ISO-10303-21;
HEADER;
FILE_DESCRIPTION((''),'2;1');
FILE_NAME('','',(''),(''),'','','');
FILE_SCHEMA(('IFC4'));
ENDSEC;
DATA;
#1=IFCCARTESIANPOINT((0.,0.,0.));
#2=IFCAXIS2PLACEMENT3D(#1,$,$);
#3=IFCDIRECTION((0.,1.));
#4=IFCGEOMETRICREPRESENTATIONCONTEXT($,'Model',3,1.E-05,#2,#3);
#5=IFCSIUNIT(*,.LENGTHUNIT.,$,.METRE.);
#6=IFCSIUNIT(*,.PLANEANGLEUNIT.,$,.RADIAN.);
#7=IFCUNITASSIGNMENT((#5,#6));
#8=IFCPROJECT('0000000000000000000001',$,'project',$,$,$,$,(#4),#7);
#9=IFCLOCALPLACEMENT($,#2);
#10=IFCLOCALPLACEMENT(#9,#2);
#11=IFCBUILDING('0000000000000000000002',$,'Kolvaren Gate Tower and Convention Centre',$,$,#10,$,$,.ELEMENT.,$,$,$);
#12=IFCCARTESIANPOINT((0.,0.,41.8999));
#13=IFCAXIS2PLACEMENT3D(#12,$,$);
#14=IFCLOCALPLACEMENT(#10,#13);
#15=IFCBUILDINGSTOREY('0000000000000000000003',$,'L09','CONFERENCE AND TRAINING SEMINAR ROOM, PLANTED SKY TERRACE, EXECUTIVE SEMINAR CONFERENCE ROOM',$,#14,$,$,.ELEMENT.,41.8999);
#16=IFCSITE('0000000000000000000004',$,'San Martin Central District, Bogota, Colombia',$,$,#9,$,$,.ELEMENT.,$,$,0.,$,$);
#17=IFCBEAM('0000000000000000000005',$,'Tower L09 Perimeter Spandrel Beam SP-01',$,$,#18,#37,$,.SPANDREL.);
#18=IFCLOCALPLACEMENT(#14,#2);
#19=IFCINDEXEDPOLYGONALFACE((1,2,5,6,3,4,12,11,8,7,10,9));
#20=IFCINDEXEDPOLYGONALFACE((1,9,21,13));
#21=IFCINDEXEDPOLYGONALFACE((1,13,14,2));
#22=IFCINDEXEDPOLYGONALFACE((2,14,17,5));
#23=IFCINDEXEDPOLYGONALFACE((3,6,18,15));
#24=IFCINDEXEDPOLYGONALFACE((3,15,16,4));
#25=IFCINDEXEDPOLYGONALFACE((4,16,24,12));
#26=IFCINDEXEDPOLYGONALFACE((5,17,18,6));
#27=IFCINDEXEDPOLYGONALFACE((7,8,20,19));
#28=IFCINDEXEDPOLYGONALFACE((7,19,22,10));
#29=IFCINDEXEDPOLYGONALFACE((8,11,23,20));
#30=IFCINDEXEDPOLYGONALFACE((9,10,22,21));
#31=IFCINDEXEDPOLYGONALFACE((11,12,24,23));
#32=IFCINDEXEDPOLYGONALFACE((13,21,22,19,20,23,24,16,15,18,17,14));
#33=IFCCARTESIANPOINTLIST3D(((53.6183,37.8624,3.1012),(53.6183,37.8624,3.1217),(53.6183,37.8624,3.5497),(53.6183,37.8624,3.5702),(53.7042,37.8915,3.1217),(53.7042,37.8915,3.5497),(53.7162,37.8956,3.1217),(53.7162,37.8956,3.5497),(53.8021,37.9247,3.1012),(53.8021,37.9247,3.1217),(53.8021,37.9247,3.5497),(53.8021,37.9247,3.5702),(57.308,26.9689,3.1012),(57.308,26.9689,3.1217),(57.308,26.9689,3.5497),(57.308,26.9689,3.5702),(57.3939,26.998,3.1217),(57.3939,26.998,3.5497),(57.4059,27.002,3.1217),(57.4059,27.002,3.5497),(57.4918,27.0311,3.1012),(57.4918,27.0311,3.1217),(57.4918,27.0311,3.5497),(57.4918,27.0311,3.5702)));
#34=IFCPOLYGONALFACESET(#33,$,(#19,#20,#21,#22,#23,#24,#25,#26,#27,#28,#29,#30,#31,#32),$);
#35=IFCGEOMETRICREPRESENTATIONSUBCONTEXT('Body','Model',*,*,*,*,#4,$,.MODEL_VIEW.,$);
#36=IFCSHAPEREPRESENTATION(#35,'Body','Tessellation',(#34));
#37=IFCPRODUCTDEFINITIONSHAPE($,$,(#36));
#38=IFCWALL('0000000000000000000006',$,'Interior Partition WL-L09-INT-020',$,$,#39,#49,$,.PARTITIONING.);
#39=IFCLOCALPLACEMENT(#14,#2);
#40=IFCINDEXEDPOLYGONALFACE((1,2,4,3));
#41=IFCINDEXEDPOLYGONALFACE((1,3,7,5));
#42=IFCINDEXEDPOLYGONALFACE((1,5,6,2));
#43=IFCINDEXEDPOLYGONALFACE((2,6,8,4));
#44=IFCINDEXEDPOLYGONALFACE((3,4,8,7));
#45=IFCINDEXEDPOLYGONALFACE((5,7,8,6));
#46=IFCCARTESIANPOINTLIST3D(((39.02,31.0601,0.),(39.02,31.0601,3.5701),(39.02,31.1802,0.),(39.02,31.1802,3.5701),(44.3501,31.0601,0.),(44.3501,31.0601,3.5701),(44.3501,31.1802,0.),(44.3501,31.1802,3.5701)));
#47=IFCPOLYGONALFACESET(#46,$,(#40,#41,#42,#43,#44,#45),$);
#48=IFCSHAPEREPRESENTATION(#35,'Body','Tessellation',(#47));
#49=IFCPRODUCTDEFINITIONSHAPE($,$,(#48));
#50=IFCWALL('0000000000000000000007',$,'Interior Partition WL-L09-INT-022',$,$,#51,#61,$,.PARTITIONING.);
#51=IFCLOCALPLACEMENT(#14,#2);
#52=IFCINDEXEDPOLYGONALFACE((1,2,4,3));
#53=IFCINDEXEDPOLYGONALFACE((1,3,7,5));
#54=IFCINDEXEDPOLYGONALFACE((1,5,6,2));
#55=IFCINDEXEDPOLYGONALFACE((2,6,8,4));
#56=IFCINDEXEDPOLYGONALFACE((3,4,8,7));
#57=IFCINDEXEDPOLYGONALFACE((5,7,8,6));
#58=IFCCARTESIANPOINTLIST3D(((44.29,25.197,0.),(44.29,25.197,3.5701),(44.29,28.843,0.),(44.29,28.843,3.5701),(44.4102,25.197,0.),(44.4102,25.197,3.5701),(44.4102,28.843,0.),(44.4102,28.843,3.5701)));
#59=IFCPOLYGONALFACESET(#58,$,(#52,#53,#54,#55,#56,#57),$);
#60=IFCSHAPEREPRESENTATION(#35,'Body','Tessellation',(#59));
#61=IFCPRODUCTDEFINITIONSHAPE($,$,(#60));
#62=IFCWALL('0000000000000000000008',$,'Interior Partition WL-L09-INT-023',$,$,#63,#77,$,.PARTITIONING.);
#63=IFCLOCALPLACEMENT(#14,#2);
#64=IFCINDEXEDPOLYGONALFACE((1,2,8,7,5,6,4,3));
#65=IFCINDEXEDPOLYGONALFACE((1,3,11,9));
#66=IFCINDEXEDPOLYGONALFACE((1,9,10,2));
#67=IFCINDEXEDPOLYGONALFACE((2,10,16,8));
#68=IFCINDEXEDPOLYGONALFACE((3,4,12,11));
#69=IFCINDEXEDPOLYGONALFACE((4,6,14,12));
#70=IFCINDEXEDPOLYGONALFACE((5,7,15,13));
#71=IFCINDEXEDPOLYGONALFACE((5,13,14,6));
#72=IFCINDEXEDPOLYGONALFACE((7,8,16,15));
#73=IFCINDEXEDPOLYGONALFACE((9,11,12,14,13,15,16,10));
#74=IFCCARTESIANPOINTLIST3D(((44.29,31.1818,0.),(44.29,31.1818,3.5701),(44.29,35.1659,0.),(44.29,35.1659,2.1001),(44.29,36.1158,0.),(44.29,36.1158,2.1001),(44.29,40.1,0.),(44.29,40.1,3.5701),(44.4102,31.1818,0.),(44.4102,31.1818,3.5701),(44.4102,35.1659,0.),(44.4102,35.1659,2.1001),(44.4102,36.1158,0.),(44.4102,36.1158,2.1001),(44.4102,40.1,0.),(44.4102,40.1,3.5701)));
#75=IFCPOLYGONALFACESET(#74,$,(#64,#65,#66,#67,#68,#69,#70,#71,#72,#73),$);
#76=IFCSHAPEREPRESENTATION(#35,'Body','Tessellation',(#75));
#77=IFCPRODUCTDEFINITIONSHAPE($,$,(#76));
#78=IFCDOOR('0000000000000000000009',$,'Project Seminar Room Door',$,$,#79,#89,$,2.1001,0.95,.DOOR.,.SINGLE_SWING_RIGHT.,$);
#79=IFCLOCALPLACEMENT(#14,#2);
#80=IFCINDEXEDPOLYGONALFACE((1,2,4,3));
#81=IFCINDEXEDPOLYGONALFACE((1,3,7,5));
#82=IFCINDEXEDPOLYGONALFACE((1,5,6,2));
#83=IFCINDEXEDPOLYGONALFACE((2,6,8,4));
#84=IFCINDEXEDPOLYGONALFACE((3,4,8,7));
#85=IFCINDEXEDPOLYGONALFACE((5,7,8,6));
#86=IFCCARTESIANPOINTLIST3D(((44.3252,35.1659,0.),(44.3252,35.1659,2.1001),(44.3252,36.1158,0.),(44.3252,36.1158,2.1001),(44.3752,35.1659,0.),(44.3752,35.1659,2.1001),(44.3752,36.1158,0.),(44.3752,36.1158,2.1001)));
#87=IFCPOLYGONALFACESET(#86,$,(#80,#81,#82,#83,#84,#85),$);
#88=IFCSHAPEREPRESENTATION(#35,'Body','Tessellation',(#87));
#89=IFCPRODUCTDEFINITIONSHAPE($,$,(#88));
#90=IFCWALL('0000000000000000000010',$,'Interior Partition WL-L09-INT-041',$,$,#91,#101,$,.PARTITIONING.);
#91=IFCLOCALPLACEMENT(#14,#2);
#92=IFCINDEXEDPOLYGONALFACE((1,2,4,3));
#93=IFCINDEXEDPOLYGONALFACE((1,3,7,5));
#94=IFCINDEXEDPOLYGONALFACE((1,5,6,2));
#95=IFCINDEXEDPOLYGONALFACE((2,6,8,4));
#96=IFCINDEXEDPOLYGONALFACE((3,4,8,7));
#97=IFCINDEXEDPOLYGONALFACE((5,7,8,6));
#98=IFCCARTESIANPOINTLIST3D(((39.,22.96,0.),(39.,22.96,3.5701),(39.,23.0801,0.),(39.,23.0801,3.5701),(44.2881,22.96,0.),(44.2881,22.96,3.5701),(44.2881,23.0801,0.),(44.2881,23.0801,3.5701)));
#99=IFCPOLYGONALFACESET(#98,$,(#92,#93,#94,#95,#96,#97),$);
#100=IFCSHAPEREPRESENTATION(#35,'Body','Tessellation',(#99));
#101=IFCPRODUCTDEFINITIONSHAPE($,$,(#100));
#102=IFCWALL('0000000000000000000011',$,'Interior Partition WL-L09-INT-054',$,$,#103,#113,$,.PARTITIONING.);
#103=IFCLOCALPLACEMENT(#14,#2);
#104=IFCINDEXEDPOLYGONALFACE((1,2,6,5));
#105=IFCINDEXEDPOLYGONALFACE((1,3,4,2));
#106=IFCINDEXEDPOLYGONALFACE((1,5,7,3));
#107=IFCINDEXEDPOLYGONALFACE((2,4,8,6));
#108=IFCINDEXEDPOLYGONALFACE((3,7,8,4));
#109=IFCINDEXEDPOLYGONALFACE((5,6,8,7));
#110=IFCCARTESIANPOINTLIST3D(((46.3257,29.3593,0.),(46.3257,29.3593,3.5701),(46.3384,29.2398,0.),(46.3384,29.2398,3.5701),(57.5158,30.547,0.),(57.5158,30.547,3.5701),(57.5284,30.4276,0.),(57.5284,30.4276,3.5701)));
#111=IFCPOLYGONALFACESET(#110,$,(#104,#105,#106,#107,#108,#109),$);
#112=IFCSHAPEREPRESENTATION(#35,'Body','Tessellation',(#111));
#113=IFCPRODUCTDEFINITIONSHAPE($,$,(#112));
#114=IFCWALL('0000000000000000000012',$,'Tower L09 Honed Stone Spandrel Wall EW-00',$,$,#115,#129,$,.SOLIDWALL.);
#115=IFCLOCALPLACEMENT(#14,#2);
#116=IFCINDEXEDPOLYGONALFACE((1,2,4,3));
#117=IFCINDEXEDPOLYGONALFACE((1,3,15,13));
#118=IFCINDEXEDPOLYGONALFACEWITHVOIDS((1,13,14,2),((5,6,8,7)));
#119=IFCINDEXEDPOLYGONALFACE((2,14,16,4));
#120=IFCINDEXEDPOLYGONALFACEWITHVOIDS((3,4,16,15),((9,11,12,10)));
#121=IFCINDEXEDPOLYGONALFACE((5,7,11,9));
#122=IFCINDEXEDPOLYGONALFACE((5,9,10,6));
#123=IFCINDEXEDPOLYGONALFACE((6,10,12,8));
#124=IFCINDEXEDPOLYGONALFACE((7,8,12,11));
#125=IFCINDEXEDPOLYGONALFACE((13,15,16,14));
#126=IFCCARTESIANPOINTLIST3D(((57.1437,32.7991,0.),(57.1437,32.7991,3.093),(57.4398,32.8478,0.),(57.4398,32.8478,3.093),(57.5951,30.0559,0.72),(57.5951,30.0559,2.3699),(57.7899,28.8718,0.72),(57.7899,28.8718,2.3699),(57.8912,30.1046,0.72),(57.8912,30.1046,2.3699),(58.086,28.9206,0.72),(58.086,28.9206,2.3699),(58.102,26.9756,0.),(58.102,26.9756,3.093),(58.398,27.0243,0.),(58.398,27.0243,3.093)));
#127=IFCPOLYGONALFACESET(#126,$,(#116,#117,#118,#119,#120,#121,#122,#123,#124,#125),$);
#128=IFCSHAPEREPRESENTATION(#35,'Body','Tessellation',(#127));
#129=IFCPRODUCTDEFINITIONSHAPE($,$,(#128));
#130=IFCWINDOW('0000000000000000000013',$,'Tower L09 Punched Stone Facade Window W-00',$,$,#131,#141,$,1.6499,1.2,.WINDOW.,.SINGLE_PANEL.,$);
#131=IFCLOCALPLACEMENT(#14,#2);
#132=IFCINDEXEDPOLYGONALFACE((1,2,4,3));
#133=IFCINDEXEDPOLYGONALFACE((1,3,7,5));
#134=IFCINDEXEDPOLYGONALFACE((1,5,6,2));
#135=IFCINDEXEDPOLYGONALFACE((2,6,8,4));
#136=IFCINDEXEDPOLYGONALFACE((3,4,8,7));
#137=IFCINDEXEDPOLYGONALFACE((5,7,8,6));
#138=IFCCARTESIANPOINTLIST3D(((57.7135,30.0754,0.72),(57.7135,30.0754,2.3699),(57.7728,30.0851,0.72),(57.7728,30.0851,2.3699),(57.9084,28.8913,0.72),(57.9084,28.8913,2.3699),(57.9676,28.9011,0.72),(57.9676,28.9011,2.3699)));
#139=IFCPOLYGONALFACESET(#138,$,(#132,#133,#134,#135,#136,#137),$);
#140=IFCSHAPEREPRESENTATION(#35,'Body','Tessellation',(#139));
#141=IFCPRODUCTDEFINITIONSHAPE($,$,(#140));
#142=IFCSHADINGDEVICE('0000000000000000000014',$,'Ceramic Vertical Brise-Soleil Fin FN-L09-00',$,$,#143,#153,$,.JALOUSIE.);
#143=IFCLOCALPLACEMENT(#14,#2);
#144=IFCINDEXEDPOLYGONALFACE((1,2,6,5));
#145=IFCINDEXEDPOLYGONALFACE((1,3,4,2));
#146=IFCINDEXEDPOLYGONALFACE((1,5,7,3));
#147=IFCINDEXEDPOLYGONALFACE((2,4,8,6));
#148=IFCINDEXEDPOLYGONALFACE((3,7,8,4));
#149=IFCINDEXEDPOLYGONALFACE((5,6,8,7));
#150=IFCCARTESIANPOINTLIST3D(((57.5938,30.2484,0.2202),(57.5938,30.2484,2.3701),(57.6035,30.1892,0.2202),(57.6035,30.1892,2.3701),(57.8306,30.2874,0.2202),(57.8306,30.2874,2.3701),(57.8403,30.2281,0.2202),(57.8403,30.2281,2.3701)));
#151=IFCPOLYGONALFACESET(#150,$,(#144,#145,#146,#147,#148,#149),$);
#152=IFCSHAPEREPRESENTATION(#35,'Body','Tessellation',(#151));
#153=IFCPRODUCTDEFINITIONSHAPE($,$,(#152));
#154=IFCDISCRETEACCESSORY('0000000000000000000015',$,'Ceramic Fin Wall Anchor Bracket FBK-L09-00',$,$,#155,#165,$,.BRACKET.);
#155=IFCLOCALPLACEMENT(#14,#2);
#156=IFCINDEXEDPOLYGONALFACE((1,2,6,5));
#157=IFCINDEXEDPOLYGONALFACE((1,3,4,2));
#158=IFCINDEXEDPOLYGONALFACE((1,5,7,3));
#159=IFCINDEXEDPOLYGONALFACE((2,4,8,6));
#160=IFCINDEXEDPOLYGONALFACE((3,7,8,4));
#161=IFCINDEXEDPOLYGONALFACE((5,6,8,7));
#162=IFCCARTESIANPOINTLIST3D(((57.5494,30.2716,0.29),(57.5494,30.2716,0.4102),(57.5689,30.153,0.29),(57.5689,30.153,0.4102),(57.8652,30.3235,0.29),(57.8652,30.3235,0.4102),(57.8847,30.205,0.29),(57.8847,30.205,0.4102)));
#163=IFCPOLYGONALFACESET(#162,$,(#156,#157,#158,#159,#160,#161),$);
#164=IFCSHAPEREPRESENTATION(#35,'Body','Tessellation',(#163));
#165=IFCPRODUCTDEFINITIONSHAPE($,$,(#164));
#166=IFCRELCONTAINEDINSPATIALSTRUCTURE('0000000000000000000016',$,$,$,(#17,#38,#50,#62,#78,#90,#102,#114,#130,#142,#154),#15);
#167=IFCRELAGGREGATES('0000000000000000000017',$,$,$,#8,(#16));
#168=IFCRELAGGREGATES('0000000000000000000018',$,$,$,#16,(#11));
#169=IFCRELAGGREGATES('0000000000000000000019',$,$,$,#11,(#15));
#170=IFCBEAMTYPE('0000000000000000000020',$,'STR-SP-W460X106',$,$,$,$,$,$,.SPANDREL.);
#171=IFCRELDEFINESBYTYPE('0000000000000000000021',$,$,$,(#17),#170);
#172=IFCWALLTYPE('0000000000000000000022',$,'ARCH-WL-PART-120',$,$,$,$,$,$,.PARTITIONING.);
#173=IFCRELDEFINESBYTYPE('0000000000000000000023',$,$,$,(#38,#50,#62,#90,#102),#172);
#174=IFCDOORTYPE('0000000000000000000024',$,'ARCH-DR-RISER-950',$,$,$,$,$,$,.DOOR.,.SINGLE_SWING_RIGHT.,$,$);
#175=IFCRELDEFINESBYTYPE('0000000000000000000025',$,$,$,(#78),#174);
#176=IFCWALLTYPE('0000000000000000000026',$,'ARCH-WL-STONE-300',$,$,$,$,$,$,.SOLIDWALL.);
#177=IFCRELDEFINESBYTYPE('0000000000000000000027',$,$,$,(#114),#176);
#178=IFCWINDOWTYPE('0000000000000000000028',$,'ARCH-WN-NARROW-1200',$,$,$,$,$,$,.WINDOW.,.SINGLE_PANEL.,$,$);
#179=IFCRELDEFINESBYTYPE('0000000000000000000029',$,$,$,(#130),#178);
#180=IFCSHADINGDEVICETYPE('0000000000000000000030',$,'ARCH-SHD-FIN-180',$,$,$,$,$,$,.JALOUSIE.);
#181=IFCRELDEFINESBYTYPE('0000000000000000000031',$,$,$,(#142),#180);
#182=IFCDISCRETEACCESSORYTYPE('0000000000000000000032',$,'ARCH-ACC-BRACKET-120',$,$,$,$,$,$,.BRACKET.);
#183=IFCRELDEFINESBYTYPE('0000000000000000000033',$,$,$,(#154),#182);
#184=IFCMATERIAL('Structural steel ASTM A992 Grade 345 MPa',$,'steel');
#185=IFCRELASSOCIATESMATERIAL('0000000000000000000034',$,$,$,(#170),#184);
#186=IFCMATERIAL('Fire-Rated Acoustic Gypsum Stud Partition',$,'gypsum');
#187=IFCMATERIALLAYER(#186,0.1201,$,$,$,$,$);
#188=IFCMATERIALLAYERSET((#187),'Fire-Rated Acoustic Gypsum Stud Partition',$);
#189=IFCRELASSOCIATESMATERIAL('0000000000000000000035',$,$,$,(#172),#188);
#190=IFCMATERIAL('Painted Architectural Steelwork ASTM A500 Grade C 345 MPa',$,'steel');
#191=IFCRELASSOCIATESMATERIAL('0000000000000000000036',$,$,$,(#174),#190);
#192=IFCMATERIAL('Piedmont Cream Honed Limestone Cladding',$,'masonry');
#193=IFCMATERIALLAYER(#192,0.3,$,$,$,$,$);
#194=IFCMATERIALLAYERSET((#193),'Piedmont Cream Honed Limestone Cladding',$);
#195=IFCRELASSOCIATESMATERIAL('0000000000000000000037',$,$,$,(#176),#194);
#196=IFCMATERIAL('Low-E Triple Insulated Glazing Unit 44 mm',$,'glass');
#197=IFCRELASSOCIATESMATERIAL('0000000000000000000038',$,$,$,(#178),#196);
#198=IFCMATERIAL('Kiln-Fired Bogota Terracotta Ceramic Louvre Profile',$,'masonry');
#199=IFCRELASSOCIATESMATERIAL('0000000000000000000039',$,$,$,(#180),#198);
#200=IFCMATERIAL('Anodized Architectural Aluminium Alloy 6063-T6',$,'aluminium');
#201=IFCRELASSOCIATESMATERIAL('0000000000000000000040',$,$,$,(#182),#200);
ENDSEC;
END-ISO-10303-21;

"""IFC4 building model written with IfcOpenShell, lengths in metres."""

from ifc_helpers import new_model, si_unit, direction, frame, frame_2d, origin, origin_2d, place, context, subcontext, project, spatial, rectangle, i_section, extrude, material, layer, layer_set, material_profile, profile_set, type_object, element, fill, save


model = new_model("IFC4")

# Units and contexts
model_context = context("Model", 3, precision=1e-05, world=origin(), true_north=direction((0.0, 1.0)))
body_context = subcontext(model_context, "Body", "Model", "MODEL_VIEW")
ifc_project = project(units=[si_unit("LENGTHUNIT", "METRE"), si_unit("PLANEANGLEUNIT", "RADIAN")], contexts=[model_context])

# Site, building, storey
site_placement = place(None, origin())
site = spatial("IfcSite", under=ifc_project, at=site_placement, Name="San Martin Central District, Bogota, Colombia", CompositionType="ELEMENT", RefElevation=0.0)
building_placement = place(site_placement, origin())
building = spatial("IfcBuilding", under=site, at=building_placement, Name="Kolvaren Gate Tower and Convention Centre", CompositionType="ELEMENT")
storey_placement = place(building_placement, frame((0.0, 0.0, 41.8999)))
storey = spatial("IfcBuildingStorey", under=building, at=storey_placement, Name="L09", Description="CONFERENCE AND TRAINING SEMINAR ROOM, PLANTED SKY TERRACE, EXECUTIVE SEMINAR CONFERENCE ROOM", CompositionType="ELEMENT", Elevation=41.8999)

# Beam
ifc_material_1 = material(Name="Structural steel ASTM A992 Grade 345 MPa", Category="steel")
ifc_material_profile_1 = material_profile(ifc_material_1, i_section(OverallWidth=0.1941, OverallDepth=0.469, WebThickness=0.0127, FlangeThickness=0.0205, at=origin_2d()), Name="W460X106")
ifc_profile_set_1 = profile_set([ifc_material_profile_1], Name="Structural steel ASTM A992 Grade 345 MPa")
beam_type_1 = type_object("IfcBeamType", Name="STR-SP-W460X106", PredefinedType="SPANDREL", material=ifc_profile_set_1)
beam_1_placement = place(storey_placement, frame((57.3999, 27.0, 3.3357), z_axis=(-0.320803, 0.947146, 0.0), x_axis=(-0.947146, -0.320803, 0.0)))
element("IfcBeam", 1, at=beam_1_placement, inside=storey, type_object=beam_type_1, Name="Tower L09 Perimeter Spandrel Beam SP-01", PredefinedType="SPANDREL", context=body_context, shape_type="SweptSolid", body=[
    extrude(i_section(OverallWidth=0.1941, OverallDepth=0.469, WebThickness=0.0127, FlangeThickness=0.0205, at=origin_2d()), origin(), (0.0, 0.0, 1.0), 11.5015),
])

# Walls
ifc_material_2 = material(Name="Fire-Rated Acoustic Gypsum Stud Partition", Category="gypsum")
ifc_layer_1 = layer(ifc_material_2, 0.1201)
ifc_layer_set_1 = layer_set([ifc_layer_1], Name="Fire-Rated Acoustic Gypsum Stud Partition")
wall_type_1 = type_object("IfcWallType", Name="ARCH-WL-PART-120", PredefinedType="PARTITIONING", material=ifc_layer_set_1)
wall_1_placement = place(storey_placement, frame((39.02, 31.1201, 0.0), z_axis=(0.0, 0.0, 1.0), x_axis=(1.0, 0.0, 0.0)))
element("IfcWall", 2, at=wall_1_placement, inside=storey, type_object=wall_type_1, Name="Interior Partition WL-L09-INT-020", PredefinedType="PARTITIONING", context=body_context, shape_type="SweptSolid", body=[
    extrude(rectangle(XDim=5.3301, YDim=0.1201, at=frame_2d((2.665, 0.0))), origin(), (0.0, 0.0, 1.0), 3.5701),
])
wall_2_placement = place(storey_placement, frame((44.3501, 25.197, 0.0), z_axis=(0.0, 0.0, 1.0), x_axis=(0.0, 1.0, 0.0)))
element("IfcWall", 3, at=wall_2_placement, inside=storey, type_object=wall_type_1, Name="Interior Partition WL-L09-INT-022", PredefinedType="PARTITIONING", context=body_context, shape_type="SweptSolid", body=[
    extrude(rectangle(XDim=3.646, YDim=0.1201, at=frame_2d((1.823, 0.0))), origin(), (0.0, 0.0, 1.0), 3.5701),
])

# Wall, opening, door
wall_3_placement = place(storey_placement, frame((44.3501, 31.1819, 0.0), z_axis=(0.0, 0.0, 1.0), x_axis=(0.0, 1.0, 0.0)))
wall_3 = element("IfcWall", 4, at=wall_3_placement, inside=storey, type_object=wall_type_1, Name="Interior Partition WL-L09-INT-023", PredefinedType="PARTITIONING", context=body_context, shape_type="SweptSolid", body=[
    extrude(rectangle(XDim=8.9182, YDim=0.1201, at=frame_2d((4.459, 0.0))), origin(), (0.0, 0.0, 1.0), 3.5701),
])
opening_1_placement = place(wall_3_placement, frame((3.9839, 0.0, 0.0)))
opening_1 = element("IfcOpeningElement", 5, at=opening_1_placement, cuts=wall_3, PredefinedType="OPENING", context=body_context, shape_type="SweptSolid", body=[
    extrude(rectangle(XDim=0.95, YDim=2.1001, at=frame_2d((0.4751, 1.05))), frame((0.0, 0.0701, 0.0), z_axis=(0.0, -1.0, 0.0), x_axis=(1.0, 0.0, 0.0)), (0.0, 0.0, 1.0), 0.1401),
])
ifc_material_3 = material(Name="Painted Architectural Steelwork ASTM A500 Grade C 345 MPa", Category="steel")
door_type = type_object("IfcDoorType", Name="ARCH-DR-RISER-950", OperationType="SINGLE_SWING_RIGHT", PredefinedType="DOOR", material=ifc_material_3)
door_placement = place(opening_1_placement, origin())
door = element("IfcDoor", 6, at=door_placement, inside=storey, type_object=door_type, Name="Project Seminar Room Door", OperationType="SINGLE_SWING_RIGHT", OverallHeight=2.1001, OverallWidth=0.95, PredefinedType="DOOR", context=body_context, shape_type="SweptSolid", body=[
    extrude(rectangle(XDim=0.95, YDim=2.1001, at=frame_2d((0.4751, 1.05))), frame((0.0, 0.0249, 0.0), z_axis=(0.0, -1.0, 0.0), x_axis=(1.0, 0.0, 0.0)), (0.0, 0.0, 1.0), 0.05),
])
fill(opening_1, door)

# Walls
wall_4_placement = place(storey_placement, frame((39.0, 23.02, 0.0), z_axis=(0.0, 0.0, 1.0), x_axis=(1.0, 0.0, 0.0)))
element("IfcWall", 7, at=wall_4_placement, inside=storey, type_object=wall_type_1, Name="Interior Partition WL-L09-INT-041", PredefinedType="PARTITIONING", context=body_context, shape_type="SweptSolid", body=[
    extrude(rectangle(XDim=5.2881, YDim=0.1201, at=frame_2d((2.644, 0.0))), origin(), (0.0, 0.0, 1.0), 3.5701),
])
wall_5_placement = place(storey_placement, frame((46.332, 29.2996, 0.0), z_axis=(0.0, 0.0, 1.0), x_axis=(0.994414, 0.105549, 0.0)))
element("IfcWall", 8, at=wall_5_placement, inside=storey, type_object=wall_type_1, Name="Interior Partition WL-L09-INT-054", PredefinedType="PARTITIONING", context=body_context, shape_type="SweptSolid", body=[
    extrude(rectangle(XDim=11.2529, YDim=0.1201, at=frame_2d((5.6265, 0.0))), origin(), (0.0, 0.0, 1.0), 3.5701),
])

# Wall, opening, window
ifc_material_4 = material(Name="Piedmont Cream Honed Limestone Cladding", Category="masonry")
ifc_layer_2 = layer(ifc_material_4, 0.3)
ifc_layer_set_2 = layer_set([ifc_layer_2], Name="Piedmont Cream Honed Limestone Cladding")
wall_type_2 = type_object("IfcWallType", Name="ARCH-WL-STONE-300", PredefinedType="SOLIDWALL", material=ifc_layer_set_2)
wall_6_placement = place(storey_placement, frame((57.2917, 32.8235, 0.0), z_axis=(0.0, 0.0, 1.0), x_axis=(0.162366, -0.986731, 0.0)))
wall_6 = element("IfcWall", 9, at=wall_6_placement, inside=storey, type_object=wall_type_2, Name="Tower L09 Honed Stone Spandrel Wall EW-00", PredefinedType="SOLIDWALL", context=body_context, shape_type="SweptSolid", body=[
    extrude(rectangle(XDim=5.9019, YDim=0.3, at=frame_2d((2.9509, 0.0))), origin(), (0.0, 0.0, 1.0), 3.093),
])
opening_2_placement = place(wall_6_placement, frame((2.78, 0.0, 0.72)))
opening_2 = element("IfcOpeningElement", 10, at=opening_2_placement, cuts=wall_6, PredefinedType="OPENING", context=body_context, shape_type="SweptSolid", body=[
    extrude(rectangle(XDim=1.2, YDim=1.6499, at=frame_2d((0.6001, 0.825))), frame((0.0, 0.1599, 0.0), z_axis=(0.0, -1.0, 0.0), x_axis=(1.0, 0.0, 0.0)), (0.0, 0.0, 1.0), 0.3201),
])
ifc_material_5 = material(Name="Low-E Triple Insulated Glazing Unit 44 mm", Category="glass")
window_type = type_object("IfcWindowType", Name="ARCH-WN-NARROW-1200", PartitioningType="SINGLE_PANEL", PredefinedType="WINDOW", material=ifc_material_5)
window_placement = place(opening_2_placement, origin())
window = element("IfcWindow", 11, at=window_placement, inside=storey, type_object=window_type, Name="Tower L09 Punched Stone Facade Window W-00", OverallHeight=1.6499, OverallWidth=1.2, PartitioningType="SINGLE_PANEL", PredefinedType="WINDOW", context=body_context, shape_type="SweptSolid", body=[
    extrude(rectangle(XDim=1.2, YDim=1.6499, at=frame_2d((0.6001, 0.825))), frame((0.0, 0.03, 0.0), z_axis=(0.0, -1.0, 0.0), x_axis=(1.0, 0.0, 0.0)), (0.0, 0.0, 1.0), 0.0601),
])
fill(opening_2, window)

# Shading device
ifc_material_6 = material(Name="Kiln-Fired Bogota Terracotta Ceramic Louvre Profile", Category="masonry")
shading_device_type = type_object("IfcShadingDeviceType", Name="ARCH-SHD-FIN-180", PredefinedType="JALOUSIE", material=ifc_material_6)
shading_device_placement = place(storey_placement, frame((57.717, 30.2383, 0.2202), z_axis=(0.0, 0.0, 1.0), x_axis=(0.162377, -0.986729, 0.0)))
element("IfcShadingDevice", 12, at=shading_device_placement, inside=storey, type_object=shading_device_type, Name="Ceramic Vertical Brise-Soleil Fin FN-L09-00", PredefinedType="JALOUSIE", context=body_context, shape_type="SweptSolid", body=[
    extrude(rectangle(XDim=0.0601, YDim=0.24, at=origin_2d()), origin(), (0.0, 0.0, 1.0), 2.1499),
])

# Discrete accessory
ifc_material_7 = material(Name="Anodized Architectural Aluminium Alloy 6063-T6", Category="aluminium")
discrete_accessory_type = type_object("IfcDiscreteAccessoryType", Name="ARCH-ACC-BRACKET-120", PredefinedType="BRACKET", material=ifc_material_7)
discrete_accessory_placement = place(storey_placement, frame((57.717, 30.2383, 0.29), z_axis=(0.0, 0.0, 1.0), x_axis=(0.162377, -0.986729, 0.0)))
element("IfcDiscreteAccessory", 13, at=discrete_accessory_placement, inside=storey, type_object=discrete_accessory_type, Name="Ceramic Fin Wall Anchor Bracket FBK-L09-00", PredefinedType="BRACKET", context=body_context, shape_type="SweptSolid", body=[
    extrude(rectangle(XDim=0.1201, YDim=0.3201, at=origin_2d()), origin(), (0.0, 0.0, 1.0), 0.1201),
])

save(model, "model.ifc")
